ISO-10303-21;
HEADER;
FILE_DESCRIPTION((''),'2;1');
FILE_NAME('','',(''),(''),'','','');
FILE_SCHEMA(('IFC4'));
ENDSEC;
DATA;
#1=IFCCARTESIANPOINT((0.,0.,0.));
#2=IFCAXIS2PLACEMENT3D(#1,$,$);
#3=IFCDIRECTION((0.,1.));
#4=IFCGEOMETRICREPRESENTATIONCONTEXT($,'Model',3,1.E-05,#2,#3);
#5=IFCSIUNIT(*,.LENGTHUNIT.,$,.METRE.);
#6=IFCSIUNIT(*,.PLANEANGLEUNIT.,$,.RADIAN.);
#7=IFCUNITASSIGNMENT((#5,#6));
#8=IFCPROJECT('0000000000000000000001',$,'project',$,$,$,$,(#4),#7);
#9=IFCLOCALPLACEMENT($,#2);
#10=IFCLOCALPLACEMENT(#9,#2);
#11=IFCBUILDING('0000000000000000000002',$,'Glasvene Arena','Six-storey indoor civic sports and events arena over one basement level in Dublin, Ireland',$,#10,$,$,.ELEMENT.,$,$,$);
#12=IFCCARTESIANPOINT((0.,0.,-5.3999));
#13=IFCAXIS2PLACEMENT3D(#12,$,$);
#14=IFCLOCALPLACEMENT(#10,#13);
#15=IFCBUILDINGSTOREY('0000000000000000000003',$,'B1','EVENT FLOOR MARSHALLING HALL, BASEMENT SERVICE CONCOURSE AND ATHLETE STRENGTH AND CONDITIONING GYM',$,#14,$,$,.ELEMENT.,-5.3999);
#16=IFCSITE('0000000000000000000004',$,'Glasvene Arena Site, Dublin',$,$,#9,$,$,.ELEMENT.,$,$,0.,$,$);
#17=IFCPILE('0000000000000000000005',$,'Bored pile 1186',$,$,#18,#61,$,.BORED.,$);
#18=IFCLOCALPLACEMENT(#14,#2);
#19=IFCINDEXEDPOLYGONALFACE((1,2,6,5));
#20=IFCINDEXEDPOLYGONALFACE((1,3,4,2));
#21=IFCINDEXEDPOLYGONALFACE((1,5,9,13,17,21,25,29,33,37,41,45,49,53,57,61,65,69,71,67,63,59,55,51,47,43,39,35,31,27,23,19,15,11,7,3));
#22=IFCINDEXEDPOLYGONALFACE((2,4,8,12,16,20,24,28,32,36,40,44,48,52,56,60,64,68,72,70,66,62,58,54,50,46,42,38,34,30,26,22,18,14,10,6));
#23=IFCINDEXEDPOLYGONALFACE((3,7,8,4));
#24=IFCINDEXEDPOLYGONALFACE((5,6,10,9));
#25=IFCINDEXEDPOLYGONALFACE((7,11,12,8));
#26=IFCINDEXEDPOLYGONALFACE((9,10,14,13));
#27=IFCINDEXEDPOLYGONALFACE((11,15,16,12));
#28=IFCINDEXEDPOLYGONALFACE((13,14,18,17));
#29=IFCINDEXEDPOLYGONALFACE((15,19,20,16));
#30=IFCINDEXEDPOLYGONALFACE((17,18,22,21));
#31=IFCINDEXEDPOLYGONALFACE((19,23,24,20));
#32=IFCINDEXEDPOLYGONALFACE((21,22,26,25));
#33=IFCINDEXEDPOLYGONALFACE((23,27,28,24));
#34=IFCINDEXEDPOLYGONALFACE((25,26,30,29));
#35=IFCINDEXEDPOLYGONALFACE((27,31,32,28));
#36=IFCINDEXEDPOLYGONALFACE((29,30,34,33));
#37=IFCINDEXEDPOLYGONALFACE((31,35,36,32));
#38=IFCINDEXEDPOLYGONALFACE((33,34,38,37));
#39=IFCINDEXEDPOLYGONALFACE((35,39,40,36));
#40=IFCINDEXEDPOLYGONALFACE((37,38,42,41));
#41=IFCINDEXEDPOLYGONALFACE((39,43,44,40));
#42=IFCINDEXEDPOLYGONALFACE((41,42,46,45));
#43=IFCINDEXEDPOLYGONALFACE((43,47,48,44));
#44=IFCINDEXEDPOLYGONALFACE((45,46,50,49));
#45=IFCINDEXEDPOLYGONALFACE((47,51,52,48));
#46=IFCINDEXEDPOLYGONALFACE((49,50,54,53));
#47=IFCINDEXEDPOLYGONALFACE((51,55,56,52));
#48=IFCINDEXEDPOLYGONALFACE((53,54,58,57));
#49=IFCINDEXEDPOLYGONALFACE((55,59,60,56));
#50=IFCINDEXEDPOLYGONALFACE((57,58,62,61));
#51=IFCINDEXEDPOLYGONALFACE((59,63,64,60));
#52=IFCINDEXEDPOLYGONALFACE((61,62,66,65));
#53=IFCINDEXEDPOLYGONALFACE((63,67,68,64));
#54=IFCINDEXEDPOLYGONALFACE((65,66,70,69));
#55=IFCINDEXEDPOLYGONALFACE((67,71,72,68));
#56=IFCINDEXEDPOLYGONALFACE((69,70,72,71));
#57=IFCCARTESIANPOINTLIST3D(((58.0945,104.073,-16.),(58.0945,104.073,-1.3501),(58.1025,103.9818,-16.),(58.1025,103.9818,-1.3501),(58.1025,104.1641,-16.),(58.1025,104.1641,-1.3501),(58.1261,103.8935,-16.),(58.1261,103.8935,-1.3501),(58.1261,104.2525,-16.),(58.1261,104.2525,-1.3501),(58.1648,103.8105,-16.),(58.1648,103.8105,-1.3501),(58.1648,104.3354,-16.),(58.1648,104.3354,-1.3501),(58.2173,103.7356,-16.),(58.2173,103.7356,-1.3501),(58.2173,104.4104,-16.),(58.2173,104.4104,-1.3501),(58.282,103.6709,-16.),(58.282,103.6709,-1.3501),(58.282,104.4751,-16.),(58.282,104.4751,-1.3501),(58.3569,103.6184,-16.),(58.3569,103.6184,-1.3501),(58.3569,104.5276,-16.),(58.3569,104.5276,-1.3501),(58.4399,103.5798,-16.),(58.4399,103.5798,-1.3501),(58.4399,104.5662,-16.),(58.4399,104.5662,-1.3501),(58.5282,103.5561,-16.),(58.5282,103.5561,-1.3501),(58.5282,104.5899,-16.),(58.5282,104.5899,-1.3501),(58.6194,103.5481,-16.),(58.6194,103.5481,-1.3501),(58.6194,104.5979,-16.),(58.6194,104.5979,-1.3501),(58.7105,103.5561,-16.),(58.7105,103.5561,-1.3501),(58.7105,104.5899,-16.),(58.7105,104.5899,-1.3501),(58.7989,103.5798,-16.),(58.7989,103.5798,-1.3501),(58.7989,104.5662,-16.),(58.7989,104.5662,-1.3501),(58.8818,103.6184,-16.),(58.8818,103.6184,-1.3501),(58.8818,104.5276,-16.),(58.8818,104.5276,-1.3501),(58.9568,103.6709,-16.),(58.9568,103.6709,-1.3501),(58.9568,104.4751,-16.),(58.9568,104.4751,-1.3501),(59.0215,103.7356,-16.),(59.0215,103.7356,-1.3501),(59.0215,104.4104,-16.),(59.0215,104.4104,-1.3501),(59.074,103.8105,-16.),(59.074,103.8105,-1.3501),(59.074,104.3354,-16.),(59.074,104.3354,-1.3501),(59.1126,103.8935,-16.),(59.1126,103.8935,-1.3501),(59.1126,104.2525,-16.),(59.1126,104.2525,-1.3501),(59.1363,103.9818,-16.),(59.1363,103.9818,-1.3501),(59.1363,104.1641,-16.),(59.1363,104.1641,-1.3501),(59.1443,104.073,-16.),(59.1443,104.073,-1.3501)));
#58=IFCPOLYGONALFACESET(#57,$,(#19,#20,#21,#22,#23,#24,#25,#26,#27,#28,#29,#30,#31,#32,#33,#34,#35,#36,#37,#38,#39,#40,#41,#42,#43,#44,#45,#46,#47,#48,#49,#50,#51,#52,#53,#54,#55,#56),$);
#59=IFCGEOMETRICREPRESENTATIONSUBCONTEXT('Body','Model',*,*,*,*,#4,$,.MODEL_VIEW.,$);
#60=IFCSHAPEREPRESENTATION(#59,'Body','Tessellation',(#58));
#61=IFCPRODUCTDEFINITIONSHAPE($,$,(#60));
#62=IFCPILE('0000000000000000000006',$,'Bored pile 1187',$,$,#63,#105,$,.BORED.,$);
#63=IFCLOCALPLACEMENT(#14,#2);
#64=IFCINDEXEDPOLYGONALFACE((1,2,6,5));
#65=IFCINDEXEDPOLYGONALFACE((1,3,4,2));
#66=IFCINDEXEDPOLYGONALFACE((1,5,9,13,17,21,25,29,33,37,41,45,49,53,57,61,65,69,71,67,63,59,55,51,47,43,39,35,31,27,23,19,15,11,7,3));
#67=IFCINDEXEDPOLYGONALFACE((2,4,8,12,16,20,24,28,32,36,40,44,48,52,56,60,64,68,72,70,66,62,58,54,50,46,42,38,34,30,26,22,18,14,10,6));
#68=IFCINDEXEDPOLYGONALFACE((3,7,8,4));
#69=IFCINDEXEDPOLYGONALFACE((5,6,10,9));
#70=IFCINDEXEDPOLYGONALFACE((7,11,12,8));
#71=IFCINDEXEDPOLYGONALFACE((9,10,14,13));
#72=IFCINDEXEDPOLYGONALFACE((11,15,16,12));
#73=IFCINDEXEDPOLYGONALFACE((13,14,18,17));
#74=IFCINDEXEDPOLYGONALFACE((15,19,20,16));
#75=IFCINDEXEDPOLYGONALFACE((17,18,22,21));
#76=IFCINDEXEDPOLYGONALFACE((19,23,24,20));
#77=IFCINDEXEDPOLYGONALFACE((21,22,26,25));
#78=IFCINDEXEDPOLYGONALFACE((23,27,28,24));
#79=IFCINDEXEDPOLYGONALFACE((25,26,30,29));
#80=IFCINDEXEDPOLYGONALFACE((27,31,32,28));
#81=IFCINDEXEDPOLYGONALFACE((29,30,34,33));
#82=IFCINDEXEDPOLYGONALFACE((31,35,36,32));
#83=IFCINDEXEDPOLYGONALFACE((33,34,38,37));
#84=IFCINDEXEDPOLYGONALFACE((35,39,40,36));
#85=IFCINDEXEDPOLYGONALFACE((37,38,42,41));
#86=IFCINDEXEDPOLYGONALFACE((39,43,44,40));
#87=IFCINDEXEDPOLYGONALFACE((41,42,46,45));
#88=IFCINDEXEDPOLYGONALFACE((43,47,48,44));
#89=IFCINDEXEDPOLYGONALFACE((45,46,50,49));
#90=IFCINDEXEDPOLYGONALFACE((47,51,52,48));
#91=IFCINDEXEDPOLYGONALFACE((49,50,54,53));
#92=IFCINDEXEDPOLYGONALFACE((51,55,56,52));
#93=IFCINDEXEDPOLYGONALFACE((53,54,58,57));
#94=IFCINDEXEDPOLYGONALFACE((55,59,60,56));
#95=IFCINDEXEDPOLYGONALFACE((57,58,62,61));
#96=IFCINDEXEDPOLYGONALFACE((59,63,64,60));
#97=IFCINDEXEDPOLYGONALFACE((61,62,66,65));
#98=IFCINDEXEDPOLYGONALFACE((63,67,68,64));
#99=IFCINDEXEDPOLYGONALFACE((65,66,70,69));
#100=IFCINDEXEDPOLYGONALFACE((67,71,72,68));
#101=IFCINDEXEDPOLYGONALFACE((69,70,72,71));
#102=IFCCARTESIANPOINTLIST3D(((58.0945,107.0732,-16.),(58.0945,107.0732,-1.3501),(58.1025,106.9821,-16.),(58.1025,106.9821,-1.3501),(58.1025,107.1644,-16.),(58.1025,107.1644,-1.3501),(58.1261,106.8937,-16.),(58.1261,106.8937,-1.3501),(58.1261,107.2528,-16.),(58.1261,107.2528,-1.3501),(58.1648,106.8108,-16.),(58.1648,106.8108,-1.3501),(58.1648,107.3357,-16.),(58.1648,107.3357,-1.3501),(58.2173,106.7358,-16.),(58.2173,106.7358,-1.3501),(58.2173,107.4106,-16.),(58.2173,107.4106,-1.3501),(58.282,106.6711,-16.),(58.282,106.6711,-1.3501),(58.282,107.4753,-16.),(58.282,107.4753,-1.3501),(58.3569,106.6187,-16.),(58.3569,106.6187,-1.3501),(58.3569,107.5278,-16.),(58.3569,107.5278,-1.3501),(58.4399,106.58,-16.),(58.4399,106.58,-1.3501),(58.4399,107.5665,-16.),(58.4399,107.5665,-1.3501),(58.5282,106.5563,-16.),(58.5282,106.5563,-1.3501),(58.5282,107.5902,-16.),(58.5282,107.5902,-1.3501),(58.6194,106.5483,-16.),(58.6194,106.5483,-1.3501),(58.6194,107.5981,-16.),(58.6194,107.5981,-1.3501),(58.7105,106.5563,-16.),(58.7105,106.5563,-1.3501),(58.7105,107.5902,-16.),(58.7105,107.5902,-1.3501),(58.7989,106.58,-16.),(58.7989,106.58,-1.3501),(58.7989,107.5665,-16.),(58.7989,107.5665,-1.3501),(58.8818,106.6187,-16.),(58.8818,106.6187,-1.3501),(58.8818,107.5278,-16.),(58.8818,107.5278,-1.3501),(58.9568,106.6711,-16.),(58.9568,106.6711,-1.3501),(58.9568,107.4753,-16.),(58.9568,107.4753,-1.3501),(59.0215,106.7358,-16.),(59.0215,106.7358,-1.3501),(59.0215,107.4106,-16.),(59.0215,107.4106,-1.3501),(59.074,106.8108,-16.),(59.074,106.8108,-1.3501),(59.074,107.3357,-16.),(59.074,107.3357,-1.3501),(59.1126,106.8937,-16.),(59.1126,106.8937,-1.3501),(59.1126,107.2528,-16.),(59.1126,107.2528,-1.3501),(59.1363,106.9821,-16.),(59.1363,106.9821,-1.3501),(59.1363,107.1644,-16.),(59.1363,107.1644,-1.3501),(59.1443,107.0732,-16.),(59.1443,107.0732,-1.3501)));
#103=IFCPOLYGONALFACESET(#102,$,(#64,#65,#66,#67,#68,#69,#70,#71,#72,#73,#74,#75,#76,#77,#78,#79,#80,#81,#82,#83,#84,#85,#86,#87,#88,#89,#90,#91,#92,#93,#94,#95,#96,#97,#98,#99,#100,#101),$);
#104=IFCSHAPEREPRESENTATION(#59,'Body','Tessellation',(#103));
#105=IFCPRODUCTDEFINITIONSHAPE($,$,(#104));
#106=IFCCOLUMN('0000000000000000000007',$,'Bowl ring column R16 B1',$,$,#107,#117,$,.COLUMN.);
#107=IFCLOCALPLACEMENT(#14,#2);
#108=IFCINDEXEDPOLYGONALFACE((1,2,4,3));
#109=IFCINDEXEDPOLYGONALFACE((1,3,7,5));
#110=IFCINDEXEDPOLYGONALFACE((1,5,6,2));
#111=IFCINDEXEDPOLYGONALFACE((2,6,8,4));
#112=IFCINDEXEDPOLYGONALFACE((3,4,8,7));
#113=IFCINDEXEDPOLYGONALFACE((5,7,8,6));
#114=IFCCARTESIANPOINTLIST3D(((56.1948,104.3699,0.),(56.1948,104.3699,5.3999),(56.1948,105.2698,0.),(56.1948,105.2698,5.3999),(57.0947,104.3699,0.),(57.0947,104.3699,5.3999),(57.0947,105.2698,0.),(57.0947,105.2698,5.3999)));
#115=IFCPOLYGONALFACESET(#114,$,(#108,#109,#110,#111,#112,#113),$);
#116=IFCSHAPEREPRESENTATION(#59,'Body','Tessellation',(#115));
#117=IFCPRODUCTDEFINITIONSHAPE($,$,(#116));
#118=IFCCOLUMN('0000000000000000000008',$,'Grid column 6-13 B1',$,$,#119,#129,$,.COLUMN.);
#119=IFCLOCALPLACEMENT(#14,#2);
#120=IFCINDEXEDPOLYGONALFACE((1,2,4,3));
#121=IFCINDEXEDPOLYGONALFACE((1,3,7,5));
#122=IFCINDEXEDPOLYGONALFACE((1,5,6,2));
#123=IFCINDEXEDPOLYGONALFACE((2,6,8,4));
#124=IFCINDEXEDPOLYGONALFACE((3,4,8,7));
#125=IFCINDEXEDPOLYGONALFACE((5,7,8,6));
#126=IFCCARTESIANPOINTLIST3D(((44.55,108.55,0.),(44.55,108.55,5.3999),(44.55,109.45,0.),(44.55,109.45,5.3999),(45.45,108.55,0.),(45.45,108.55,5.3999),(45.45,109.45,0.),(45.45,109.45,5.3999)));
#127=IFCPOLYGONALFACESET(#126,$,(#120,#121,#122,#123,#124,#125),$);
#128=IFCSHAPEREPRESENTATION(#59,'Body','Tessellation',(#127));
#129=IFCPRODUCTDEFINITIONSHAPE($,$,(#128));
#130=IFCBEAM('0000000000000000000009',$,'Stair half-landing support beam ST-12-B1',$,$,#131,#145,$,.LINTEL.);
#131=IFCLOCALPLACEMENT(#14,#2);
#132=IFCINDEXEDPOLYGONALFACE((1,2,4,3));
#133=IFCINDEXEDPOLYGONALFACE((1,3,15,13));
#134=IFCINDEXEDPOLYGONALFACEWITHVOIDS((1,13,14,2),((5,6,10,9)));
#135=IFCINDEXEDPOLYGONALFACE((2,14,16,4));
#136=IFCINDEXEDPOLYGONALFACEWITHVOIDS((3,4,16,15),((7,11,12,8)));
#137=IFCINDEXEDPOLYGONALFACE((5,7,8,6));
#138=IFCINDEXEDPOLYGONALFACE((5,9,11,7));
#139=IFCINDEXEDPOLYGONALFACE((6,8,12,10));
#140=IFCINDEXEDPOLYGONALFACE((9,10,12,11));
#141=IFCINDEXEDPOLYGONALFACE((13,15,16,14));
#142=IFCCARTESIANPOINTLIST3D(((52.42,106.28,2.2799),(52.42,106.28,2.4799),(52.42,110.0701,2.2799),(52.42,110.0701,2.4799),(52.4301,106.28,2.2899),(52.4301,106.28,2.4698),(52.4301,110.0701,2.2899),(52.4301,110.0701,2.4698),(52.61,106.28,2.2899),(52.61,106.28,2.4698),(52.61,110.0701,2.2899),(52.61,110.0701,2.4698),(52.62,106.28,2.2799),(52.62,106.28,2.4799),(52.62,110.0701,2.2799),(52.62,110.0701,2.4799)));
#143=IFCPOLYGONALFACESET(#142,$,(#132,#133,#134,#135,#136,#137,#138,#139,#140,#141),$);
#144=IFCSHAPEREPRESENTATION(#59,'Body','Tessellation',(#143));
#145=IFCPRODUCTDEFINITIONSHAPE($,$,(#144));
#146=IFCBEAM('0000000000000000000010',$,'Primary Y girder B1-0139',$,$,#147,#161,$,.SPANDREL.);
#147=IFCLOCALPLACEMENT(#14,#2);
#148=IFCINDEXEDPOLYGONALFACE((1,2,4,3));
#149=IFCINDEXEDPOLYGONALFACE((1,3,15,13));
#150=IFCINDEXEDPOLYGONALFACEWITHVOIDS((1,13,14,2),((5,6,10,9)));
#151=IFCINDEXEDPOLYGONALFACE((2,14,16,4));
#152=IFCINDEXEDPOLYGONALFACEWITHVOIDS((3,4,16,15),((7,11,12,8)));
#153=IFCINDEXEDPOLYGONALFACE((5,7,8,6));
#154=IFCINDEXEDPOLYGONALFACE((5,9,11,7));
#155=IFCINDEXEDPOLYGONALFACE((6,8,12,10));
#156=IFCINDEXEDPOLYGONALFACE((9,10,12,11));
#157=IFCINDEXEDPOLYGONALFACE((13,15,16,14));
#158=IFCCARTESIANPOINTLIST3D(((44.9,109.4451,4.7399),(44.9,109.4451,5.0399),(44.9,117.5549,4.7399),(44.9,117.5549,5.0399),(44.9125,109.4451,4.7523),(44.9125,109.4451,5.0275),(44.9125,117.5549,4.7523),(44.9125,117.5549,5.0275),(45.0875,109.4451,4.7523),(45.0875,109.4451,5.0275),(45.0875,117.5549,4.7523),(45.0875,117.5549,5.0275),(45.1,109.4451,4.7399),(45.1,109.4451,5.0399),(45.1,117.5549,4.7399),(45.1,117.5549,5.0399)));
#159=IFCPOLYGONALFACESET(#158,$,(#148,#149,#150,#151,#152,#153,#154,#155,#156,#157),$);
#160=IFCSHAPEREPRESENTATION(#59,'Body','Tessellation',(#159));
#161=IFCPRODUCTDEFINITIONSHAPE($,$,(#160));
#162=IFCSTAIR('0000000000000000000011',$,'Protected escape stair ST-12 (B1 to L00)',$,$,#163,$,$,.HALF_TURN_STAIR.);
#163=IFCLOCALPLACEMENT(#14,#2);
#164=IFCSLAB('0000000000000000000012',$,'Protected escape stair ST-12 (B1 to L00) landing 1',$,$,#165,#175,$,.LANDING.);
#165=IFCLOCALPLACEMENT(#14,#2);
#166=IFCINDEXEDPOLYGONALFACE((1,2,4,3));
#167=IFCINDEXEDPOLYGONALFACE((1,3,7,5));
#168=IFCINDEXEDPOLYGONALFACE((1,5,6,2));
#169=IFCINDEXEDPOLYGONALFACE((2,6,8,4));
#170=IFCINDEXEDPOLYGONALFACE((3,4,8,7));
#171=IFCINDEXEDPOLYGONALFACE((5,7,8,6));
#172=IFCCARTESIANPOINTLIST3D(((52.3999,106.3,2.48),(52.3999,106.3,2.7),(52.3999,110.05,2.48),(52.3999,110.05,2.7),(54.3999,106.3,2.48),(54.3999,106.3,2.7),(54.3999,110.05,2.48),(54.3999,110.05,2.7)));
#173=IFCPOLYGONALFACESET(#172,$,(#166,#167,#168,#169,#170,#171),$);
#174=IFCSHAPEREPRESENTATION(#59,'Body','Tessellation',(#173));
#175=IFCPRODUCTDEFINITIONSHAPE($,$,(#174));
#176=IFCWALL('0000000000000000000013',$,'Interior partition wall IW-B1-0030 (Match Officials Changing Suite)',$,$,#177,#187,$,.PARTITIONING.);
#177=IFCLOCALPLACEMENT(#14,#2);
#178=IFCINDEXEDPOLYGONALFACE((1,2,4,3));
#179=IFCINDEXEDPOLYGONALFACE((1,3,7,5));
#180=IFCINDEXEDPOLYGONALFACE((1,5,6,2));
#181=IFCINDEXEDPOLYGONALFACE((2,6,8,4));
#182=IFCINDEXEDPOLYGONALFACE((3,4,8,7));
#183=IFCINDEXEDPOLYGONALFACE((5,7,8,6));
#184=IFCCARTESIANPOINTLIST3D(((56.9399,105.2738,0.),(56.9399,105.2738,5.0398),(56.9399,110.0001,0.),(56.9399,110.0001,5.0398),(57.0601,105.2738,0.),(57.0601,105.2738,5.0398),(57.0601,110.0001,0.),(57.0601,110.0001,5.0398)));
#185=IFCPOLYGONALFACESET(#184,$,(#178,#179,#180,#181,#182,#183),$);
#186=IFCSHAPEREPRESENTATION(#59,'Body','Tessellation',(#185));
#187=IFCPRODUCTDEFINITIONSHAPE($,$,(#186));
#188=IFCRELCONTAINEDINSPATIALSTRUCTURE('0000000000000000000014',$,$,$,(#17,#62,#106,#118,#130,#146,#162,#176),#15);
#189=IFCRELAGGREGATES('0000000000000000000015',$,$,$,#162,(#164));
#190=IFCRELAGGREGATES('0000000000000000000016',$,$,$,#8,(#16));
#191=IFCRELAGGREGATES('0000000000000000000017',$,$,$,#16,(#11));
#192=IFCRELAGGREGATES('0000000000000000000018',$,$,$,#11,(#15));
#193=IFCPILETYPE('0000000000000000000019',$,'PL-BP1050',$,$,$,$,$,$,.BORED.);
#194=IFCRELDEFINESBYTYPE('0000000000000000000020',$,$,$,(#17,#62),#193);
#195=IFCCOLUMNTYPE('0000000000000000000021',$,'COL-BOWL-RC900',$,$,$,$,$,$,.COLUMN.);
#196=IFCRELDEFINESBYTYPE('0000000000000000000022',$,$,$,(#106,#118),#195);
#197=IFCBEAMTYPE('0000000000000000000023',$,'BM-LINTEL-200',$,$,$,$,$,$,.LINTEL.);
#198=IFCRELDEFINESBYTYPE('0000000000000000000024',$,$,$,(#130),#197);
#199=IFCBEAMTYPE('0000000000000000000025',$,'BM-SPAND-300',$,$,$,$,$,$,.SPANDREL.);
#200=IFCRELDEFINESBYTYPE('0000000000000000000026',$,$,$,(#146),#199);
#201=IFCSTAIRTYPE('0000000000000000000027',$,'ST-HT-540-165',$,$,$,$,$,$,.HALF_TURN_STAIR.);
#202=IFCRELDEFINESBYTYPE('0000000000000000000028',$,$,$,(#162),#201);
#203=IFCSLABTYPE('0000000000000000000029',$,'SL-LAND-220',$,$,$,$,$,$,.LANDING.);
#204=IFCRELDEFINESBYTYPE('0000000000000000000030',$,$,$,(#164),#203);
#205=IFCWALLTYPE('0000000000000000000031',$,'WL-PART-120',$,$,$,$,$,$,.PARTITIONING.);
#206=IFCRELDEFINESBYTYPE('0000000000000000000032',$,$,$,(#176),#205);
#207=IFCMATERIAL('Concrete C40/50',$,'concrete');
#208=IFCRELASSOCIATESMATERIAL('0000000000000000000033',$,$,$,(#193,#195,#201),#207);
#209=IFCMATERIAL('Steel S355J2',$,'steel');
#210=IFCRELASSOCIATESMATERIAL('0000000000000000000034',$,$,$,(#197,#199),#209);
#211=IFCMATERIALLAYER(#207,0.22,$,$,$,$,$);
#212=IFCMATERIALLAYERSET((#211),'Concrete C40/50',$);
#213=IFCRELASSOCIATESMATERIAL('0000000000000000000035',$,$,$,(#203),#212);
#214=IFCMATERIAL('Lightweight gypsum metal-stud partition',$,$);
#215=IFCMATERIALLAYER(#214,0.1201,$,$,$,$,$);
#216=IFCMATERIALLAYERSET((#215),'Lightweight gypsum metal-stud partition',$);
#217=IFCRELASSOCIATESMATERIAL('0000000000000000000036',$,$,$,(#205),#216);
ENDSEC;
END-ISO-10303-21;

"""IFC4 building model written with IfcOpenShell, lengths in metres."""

from ifc_helpers import new_model, si_unit, direction, frame, frame_2d, origin, origin_2d, place, context, subcontext, project, spatial, polyline, rectangle, hollow_rectangle, circle, outline, extrude, material, layer, layer_set, material_profile, profile_set, type_object, element, aggregate, save


model = new_model("IFC4")

# Units and contexts
model_context = context("Model", 3, precision=1e-05, world=origin(), true_north=direction((0.0, 1.0)))
body_context = subcontext(model_context, "Body", "Model", "MODEL_VIEW")
ifc_project = project(units=[si_unit("LENGTHUNIT", "METRE"), si_unit("PLANEANGLEUNIT", "RADIAN")], contexts=[model_context])

# Site, building, storey
site_placement = place(None, origin())
site = spatial("IfcSite", under=ifc_project, at=site_placement, Name="Glasvene Arena Site, Dublin", CompositionType="ELEMENT", RefElevation=0.0)
building_placement = place(site_placement, origin())
building = spatial("IfcBuilding", under=site, at=building_placement, Name="Glasvene Arena", Description="Six-storey indoor civic sports and events arena over one basement level in Dublin, Ireland", CompositionType="ELEMENT")
storey_placement = place(building_placement, frame((0.0, 0.0, -5.3999)))
storey = spatial("IfcBuildingStorey", under=building, at=storey_placement, Name="B1", Description="EVENT FLOOR MARSHALLING HALL, BASEMENT SERVICE CONCOURSE AND ATHLETE STRENGTH AND CONDITIONING GYM", CompositionType="ELEMENT", Elevation=-5.3999)

# Piles
ifc_material_1 = material(Name="Concrete C40/50", Category="concrete")
ifc_material_profile_1 = material_profile(ifc_material_1, circle(Radius=0.5249, at=origin_2d()), Name="BORED PILE 1050")
ifc_profile_set_1 = profile_set([ifc_material_profile_1], Name="Concrete C40/50")
pile_type = type_object("IfcPileType", Name="PL-BP1050", PredefinedType="BORED", material=ifc_profile_set_1)
for number, where, z_axis, x_axis, name in (
    (1, (58.6194, 104.073, -1.3501), (0.0, 0.0, -1.0), (1.0, 0.0, 0.0), "Bored pile 1186"),
    (2, (58.6194, 107.0732, -1.3501), (0.0, 0.0, -1.0), (1.0, 0.0, 0.0), "Bored pile 1187"),
):
    element("IfcPile", number, at=place(storey_placement, frame(where, z_axis=z_axis, x_axis=x_axis)), inside=storey, type_object=pile_type, Name=name, PredefinedType="BORED", context=body_context, shape_type="SweptSolid", body=[
        extrude(circle(Radius=0.5249, at=origin_2d()), origin(), (0.0, 0.0, 1.0), 14.6499),
    ])

# Columns
ifc_material_profile_2 = material_profile(ifc_material_1, rectangle(XDim=0.8999, YDim=0.8999, at=origin_2d()), Name="RC 900x900")
ifc_profile_set_2 = profile_set([ifc_material_profile_2], Name="Concrete C40/50")
column_type = type_object("IfcColumnType", Name="COL-BOWL-RC900", PredefinedType="COLUMN", material=ifc_profile_set_2)
for number, where, z_axis, x_axis, name in (
    (3, (56.6448, 104.8198, 0.0), (0.0, 0.0, 1.0), (1.0, 0.0, 0.0), "Bowl ring column R16 B1"),
    (4, (45.0, 109.0, 0.0), (0.0, 0.0, 1.0), (1.0, 0.0, 0.0), "Grid column 6-13 B1"),
):
    element("IfcColumn", number, at=place(storey_placement, frame(where, z_axis=z_axis, x_axis=x_axis)), inside=storey, type_object=column_type, Name=name, PredefinedType="COLUMN", context=body_context, shape_type="SweptSolid", body=[
        extrude(rectangle(XDim=0.8999, YDim=0.8999, at=origin_2d()), origin(), (0.0, 0.0, 1.0), 5.3999),
    ])

# Beams
ifc_material_2 = material(Name="Steel S355J2", Category="steel")
ifc_material_profile_3 = material_profile(ifc_material_2, hollow_rectangle(XDim=0.2, YDim=0.2, WallThickness=0.01, at=origin_2d()), Name="SHS 200x200x10.0")
ifc_profile_set_3 = profile_set([ifc_material_profile_3], Name="Steel S355J2")
beam_type_1 = type_object("IfcBeamType", Name="BM-LINTEL-200", PredefinedType="LINTEL", material=ifc_profile_set_3)
beam_1_placement = place(storey_placement, frame((52.52, 106.28, 2.3799), z_axis=(0.0, 1.0, 0.0), x_axis=(-1.0, 0.0, 0.0)))
element("IfcBeam", 5, at=beam_1_placement, inside=storey, type_object=beam_type_1, Name="Stair half-landing support beam ST-12-B1", PredefinedType="LINTEL", context=body_context, shape_type="SweptSolid", body=[
    extrude(hollow_rectangle(XDim=0.2, YDim=0.2, WallThickness=0.01, at=origin_2d()), origin(), (0.0, 0.0, 1.0), 3.79),
])
ifc_material_profile_4 = material_profile(ifc_material_2, hollow_rectangle(XDim=0.2, YDim=0.3, WallThickness=0.0125, at=origin_2d()), Name="RHS 300x200x12.5")
ifc_profile_set_4 = profile_set([ifc_material_profile_4], Name="Steel S355J2")
beam_type_2 = type_object("IfcBeamType", Name="BM-SPAND-300", PredefinedType="SPANDREL", material=ifc_profile_set_4)
beam_2_placement = place(storey_placement, frame((45.0, 109.4451, 4.8899), z_axis=(0.0, 1.0, 0.0), x_axis=(-1.0, 0.0, 0.0)))
element("IfcBeam", 6, at=beam_2_placement, inside=storey, type_object=beam_type_2, Name="Primary Y girder B1-0139", PredefinedType="SPANDREL", context=body_context, shape_type="SweptSolid", body=[
    extrude(hollow_rectangle(XDim=0.2, YDim=0.3, WallThickness=0.0125, at=origin_2d()), origin(), (0.0, 0.0, 1.0), 8.1099),
])

# Stair, slab
stair_type = type_object("IfcStairType", Name="ST-HT-540-165", PredefinedType="HALF_TURN_STAIR", material=ifc_material_1)
stair_placement = place(storey_placement, origin())
stair = element("IfcStair", 7, at=stair_placement, inside=storey, type_object=stair_type, Name="Protected escape stair ST-12 (B1 to L00)", PredefinedType="HALF_TURN_STAIR")
ifc_layer_1 = layer(ifc_material_1, 0.22)
ifc_layer_set_1 = layer_set([ifc_layer_1], Name="Concrete C40/50")
slab_type = type_object("IfcSlabType", Name="SL-LAND-220", PredefinedType="LANDING", material=ifc_layer_set_1)
slab_placement = place(storey_placement, frame((53.3999, 108.175, 2.48)))
slab = element("IfcSlab", 8, at=slab_placement, type_object=slab_type, Name="Protected escape stair ST-12 (B1 to L00) landing 1", PredefinedType="LANDING", context=body_context, shape_type="SweptSolid", body=[
    extrude(outline(polyline([(-1.0, -1.875), (1.0, -1.875), (1.0, 1.875), (-1.0, 1.875), (-1.0, -1.875)])), origin(), (0.0, 0.0, 1.0), 0.22),
])

# Wall
ifc_material_3 = material(Name="Lightweight gypsum metal-stud partition")
ifc_layer_2 = layer(ifc_material_3, 0.1201)
ifc_layer_set_2 = layer_set([ifc_layer_2], Name="Lightweight gypsum metal-stud partition")
wall_type_1 = type_object("IfcWallType", Name="WL-PART-120", PredefinedType="PARTITIONING", material=ifc_layer_set_2)
wall_1_placement = place(storey_placement, frame((57.0, 105.2737, 0.0), z_axis=(0.0, 0.0, 1.0), x_axis=(0.0, 1.0, 0.0)))
element("IfcWall", 9, at=wall_1_placement, inside=storey, type_object=wall_type_1, Name="Interior partition wall IW-B1-0030 (Match Officials Changing Suite)", PredefinedType="PARTITIONING", context=body_context, shape_type="SweptSolid", body=[
    extrude(rectangle(XDim=4.7263, YDim=0.1201, at=frame_2d((2.3633, 0.0))), origin(), (0.0, 0.0, 1.0), 5.0398),
])

aggregate(stair, [slab])

save(model, "model.ifc")
